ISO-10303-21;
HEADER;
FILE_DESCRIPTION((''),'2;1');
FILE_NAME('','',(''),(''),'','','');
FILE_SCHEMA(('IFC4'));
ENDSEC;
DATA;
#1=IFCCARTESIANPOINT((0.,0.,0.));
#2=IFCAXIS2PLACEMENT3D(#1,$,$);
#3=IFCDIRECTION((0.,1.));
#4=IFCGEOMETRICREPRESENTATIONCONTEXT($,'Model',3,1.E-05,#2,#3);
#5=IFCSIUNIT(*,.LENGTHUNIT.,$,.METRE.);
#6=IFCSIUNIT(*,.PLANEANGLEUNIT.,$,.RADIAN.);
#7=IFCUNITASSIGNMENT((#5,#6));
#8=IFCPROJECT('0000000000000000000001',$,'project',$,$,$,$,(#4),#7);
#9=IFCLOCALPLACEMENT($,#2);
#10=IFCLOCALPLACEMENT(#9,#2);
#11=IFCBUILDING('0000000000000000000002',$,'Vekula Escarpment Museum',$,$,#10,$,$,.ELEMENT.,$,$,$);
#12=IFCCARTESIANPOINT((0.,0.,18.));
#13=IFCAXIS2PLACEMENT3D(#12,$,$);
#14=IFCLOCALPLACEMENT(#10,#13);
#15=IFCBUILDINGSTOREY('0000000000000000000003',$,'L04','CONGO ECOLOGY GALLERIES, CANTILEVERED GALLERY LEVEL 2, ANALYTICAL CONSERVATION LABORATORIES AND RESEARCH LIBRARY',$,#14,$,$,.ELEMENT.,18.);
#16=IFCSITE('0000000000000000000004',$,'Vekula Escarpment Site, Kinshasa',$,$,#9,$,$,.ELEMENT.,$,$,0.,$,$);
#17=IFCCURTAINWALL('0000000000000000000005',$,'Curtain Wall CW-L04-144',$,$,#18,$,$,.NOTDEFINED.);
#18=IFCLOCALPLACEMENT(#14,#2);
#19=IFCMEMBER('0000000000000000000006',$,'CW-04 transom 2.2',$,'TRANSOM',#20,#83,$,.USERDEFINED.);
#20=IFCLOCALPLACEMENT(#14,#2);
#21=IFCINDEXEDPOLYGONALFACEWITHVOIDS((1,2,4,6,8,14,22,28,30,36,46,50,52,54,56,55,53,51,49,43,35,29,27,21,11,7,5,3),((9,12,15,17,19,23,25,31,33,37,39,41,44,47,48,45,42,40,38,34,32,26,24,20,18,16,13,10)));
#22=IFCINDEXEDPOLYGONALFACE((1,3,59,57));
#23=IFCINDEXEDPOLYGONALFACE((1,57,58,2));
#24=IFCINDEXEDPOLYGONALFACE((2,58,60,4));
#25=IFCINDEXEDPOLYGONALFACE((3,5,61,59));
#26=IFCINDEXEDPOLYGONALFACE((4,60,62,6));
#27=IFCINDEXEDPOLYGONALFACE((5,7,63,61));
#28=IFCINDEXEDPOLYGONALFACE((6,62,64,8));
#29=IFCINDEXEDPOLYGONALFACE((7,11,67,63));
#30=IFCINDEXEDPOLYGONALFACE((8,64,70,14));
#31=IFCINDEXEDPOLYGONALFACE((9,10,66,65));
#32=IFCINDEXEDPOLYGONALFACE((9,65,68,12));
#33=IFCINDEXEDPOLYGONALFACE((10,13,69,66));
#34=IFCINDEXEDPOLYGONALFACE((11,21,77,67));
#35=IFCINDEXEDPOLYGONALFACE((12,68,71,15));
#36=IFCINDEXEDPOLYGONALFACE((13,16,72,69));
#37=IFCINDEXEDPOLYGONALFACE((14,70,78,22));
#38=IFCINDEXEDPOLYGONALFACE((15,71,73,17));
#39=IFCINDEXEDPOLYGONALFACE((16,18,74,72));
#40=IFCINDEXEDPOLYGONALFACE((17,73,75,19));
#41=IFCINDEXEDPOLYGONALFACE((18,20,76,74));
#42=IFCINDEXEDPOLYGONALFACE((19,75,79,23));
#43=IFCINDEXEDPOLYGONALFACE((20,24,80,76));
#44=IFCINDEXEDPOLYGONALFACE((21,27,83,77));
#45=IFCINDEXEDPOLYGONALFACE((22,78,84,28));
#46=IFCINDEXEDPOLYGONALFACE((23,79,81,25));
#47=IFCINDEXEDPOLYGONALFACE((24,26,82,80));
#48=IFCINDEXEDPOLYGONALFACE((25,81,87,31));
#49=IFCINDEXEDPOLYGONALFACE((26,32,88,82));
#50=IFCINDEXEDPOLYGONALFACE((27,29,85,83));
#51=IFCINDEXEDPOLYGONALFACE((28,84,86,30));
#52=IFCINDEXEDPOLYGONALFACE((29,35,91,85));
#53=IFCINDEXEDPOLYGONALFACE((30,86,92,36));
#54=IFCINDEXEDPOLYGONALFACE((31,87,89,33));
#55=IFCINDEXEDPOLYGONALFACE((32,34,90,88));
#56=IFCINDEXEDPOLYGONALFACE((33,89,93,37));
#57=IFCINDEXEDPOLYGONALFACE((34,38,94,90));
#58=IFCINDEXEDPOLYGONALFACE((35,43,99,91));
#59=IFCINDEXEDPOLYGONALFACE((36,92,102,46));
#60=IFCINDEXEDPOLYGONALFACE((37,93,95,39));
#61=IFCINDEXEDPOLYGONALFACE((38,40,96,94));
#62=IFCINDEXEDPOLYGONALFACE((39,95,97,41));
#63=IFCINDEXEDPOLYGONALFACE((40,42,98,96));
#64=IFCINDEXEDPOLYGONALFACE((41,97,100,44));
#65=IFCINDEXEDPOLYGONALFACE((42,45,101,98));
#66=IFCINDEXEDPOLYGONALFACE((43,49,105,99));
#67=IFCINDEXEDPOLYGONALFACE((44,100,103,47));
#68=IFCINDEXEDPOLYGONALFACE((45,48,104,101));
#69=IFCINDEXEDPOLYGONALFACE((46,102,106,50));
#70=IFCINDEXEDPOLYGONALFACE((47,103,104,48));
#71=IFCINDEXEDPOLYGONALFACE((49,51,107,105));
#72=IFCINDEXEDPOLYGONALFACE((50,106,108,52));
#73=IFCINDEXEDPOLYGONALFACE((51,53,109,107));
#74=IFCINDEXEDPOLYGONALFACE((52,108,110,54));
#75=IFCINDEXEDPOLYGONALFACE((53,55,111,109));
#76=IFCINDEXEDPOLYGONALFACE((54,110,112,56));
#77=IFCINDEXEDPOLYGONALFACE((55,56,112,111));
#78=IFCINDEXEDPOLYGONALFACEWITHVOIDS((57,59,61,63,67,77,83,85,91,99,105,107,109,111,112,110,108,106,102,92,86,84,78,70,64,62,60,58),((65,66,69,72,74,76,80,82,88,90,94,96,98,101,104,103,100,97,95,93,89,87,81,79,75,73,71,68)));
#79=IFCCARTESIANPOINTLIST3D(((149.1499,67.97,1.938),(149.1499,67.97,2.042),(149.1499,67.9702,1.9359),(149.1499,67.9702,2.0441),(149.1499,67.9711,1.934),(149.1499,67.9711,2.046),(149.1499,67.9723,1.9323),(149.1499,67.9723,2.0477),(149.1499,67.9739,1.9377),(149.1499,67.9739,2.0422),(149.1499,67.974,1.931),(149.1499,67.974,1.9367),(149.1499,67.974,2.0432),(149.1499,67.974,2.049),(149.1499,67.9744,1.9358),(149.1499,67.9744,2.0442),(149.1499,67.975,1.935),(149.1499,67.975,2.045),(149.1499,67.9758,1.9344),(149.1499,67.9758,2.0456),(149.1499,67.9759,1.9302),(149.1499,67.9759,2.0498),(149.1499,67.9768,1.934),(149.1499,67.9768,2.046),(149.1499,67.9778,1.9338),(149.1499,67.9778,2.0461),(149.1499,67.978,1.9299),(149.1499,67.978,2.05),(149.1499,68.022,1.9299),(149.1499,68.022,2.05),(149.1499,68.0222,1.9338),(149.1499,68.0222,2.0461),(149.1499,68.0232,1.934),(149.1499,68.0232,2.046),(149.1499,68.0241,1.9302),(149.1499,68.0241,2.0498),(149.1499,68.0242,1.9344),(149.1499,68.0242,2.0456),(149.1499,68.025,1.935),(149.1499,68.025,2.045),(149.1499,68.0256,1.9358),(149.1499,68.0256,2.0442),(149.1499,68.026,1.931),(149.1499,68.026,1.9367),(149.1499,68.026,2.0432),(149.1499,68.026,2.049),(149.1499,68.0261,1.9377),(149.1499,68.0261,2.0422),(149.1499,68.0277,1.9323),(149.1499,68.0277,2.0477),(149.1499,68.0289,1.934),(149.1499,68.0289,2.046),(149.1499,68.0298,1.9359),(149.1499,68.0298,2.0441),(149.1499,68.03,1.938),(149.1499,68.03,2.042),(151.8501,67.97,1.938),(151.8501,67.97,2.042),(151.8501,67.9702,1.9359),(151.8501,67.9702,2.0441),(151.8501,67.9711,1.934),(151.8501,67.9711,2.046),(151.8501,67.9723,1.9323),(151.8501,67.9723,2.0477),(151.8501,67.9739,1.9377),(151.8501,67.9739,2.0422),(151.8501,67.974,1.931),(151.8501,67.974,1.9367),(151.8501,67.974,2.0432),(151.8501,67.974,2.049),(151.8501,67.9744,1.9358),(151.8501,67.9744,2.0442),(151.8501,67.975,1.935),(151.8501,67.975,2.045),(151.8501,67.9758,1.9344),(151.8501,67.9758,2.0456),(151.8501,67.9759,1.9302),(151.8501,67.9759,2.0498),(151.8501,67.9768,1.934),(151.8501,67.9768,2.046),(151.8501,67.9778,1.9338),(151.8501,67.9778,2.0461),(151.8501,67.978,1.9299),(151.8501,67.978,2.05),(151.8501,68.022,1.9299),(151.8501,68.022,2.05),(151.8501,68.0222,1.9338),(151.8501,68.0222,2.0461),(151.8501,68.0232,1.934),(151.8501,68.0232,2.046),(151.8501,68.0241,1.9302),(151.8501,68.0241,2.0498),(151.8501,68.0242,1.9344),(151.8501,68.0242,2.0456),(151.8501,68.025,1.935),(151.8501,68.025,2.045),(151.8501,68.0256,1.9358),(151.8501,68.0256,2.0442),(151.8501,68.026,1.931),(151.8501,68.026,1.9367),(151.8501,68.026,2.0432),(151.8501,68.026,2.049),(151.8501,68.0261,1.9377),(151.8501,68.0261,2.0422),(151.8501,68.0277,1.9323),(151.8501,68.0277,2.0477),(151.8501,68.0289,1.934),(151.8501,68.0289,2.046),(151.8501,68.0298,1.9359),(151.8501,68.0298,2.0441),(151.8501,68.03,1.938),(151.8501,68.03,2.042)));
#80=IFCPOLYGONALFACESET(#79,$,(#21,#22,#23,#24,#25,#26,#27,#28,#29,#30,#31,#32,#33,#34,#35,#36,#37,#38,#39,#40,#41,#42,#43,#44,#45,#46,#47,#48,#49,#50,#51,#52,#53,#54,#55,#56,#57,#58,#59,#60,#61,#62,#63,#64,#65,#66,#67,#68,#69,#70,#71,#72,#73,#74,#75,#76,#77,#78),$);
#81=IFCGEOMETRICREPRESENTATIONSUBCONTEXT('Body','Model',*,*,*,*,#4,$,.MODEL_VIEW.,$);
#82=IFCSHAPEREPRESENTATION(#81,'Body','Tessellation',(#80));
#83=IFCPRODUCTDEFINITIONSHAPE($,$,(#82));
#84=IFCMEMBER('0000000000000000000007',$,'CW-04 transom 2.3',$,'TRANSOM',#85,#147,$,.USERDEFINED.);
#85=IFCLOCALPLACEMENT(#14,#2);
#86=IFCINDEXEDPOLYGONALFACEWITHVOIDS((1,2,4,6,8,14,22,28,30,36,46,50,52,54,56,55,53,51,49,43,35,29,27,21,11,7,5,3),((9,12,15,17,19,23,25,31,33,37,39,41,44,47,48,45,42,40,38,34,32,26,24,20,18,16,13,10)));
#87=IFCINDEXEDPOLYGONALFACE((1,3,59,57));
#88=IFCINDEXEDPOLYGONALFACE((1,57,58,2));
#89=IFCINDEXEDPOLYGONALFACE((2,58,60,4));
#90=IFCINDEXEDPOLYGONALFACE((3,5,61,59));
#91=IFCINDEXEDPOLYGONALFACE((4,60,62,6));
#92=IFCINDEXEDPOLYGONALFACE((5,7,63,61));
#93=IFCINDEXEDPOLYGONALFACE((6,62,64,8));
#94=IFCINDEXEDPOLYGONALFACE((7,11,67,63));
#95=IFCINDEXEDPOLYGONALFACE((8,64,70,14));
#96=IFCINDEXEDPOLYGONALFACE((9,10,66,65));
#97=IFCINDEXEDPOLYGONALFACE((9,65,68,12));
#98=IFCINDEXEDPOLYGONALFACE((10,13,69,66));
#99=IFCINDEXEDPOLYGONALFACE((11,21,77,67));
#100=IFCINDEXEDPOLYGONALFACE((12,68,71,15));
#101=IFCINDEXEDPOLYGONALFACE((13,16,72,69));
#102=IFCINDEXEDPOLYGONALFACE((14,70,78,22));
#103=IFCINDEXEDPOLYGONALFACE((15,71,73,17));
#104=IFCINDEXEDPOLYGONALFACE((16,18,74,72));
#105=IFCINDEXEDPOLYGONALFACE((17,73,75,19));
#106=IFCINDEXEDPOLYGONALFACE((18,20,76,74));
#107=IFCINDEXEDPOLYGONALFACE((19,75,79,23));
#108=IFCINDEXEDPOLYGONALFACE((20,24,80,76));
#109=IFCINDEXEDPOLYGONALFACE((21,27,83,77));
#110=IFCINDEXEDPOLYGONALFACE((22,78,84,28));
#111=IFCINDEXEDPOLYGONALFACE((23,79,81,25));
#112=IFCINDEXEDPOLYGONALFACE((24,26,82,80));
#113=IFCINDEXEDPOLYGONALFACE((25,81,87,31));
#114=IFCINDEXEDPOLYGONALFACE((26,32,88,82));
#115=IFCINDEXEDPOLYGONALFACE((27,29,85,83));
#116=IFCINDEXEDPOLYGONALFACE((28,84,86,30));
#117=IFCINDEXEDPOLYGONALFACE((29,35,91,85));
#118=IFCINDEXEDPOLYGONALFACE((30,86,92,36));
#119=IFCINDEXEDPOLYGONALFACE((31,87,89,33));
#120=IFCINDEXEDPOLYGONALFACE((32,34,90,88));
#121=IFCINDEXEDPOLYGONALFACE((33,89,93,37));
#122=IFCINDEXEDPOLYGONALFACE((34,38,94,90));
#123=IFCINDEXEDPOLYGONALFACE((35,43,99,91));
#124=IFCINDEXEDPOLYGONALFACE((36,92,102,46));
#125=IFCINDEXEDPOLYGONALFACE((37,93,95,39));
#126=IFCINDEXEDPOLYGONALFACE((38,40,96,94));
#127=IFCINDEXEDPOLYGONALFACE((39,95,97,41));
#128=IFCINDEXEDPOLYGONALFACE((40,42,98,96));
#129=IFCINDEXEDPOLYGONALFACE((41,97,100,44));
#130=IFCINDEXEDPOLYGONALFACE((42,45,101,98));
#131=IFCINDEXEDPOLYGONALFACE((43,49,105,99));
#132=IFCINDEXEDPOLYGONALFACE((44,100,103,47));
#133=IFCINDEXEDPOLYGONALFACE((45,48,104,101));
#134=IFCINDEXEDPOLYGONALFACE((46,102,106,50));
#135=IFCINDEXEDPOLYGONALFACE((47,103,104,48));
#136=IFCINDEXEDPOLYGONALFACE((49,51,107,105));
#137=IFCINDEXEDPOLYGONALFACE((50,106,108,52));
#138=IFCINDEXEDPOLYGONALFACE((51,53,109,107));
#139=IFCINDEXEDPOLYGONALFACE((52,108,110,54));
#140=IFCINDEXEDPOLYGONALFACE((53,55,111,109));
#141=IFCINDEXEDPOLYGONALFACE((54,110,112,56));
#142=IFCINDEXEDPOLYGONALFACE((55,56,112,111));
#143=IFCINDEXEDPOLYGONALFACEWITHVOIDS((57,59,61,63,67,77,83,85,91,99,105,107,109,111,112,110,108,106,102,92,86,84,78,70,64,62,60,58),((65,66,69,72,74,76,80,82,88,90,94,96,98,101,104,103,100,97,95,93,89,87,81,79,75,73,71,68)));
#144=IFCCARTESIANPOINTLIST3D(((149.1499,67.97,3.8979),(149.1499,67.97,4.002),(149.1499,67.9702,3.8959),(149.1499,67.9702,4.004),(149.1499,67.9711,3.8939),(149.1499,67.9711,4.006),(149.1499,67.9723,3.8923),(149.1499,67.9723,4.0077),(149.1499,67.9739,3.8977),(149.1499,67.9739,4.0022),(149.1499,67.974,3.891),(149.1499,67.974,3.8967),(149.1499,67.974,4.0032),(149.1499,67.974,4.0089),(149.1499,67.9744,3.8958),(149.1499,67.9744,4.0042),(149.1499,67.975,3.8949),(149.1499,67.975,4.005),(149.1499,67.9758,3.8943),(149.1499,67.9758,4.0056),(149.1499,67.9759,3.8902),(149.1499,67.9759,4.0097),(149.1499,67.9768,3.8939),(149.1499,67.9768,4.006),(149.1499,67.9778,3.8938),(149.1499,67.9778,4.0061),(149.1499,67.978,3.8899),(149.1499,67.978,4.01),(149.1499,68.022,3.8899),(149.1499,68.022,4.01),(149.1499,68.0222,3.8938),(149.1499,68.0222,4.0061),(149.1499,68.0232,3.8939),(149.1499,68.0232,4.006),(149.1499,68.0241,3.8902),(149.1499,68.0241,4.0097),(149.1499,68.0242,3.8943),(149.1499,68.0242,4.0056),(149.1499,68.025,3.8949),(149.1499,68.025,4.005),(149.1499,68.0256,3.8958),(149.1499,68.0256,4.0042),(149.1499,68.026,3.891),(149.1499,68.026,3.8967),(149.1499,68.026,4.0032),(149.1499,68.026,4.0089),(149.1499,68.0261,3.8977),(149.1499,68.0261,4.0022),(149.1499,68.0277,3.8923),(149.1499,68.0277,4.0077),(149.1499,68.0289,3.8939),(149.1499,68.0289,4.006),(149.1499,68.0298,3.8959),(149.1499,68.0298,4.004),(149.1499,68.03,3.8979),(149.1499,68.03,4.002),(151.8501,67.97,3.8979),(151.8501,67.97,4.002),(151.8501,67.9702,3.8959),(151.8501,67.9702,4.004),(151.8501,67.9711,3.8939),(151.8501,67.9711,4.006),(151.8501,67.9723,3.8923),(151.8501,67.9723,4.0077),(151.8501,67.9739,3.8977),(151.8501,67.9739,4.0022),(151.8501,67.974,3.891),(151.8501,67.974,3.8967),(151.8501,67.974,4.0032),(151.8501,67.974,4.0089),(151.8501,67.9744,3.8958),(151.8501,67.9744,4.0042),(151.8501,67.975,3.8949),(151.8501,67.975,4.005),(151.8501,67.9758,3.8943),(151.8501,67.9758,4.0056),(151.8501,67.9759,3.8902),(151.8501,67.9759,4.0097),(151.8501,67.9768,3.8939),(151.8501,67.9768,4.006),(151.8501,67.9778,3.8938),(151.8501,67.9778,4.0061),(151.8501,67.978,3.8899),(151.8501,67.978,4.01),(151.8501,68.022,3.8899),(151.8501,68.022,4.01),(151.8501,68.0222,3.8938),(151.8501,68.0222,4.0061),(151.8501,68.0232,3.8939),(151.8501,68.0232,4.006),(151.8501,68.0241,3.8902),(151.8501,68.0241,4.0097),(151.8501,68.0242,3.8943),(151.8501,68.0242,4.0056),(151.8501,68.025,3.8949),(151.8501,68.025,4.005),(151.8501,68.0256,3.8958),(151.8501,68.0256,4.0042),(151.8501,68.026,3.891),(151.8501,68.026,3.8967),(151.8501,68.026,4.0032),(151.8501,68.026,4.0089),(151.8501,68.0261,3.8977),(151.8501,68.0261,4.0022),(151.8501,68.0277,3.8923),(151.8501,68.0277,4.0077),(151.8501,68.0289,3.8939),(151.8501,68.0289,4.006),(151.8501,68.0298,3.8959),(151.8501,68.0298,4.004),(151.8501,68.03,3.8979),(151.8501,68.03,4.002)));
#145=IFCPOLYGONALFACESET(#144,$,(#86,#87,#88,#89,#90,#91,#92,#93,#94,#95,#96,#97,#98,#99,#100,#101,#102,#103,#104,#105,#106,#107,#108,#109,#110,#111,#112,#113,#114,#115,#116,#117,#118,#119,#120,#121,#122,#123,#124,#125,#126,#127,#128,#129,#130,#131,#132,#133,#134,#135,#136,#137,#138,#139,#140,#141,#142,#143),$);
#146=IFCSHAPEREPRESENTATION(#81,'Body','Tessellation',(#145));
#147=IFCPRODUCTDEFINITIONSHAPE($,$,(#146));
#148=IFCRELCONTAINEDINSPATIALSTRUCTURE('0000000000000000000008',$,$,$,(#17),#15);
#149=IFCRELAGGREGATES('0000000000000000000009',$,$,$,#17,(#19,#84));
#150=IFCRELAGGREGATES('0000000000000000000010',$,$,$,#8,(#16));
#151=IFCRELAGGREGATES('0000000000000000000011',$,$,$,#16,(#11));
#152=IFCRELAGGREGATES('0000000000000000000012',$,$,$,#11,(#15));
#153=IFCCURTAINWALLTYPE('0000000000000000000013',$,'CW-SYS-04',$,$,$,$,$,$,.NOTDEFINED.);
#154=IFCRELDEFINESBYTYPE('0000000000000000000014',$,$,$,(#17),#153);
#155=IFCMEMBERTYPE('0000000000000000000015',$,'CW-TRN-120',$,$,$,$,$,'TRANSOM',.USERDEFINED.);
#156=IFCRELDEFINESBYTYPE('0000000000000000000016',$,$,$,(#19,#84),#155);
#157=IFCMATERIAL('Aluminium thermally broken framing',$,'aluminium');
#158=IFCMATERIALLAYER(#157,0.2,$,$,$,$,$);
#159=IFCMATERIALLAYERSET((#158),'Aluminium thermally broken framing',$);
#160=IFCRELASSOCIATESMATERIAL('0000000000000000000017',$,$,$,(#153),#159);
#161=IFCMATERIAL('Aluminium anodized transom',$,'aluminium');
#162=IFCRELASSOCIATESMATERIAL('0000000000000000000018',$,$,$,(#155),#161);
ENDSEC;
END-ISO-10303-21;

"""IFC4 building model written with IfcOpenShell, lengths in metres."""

from ifc_helpers import new_model, si_unit, direction, frame, origin, origin_2d, place, context, subcontext, project, spatial, hollow_rectangle, extrude, material, layer, layer_set, material_profile, profile_set, type_object, element, aggregate, save


model = new_model("IFC4")

# Units and contexts
model_context = context("Model", 3, precision=1e-05, world=origin(), true_north=direction((0.0, 1.0)))
body_context = subcontext(model_context, "Body", "Model", "MODEL_VIEW")
ifc_project = project(units=[si_unit("LENGTHUNIT", "METRE"), si_unit("PLANEANGLEUNIT", "RADIAN")], contexts=[model_context])

# Site, building, storey
site_placement = place(None, origin())
site = spatial("IfcSite", under=ifc_project, at=site_placement, Name="Vekula Escarpment Site, Kinshasa", CompositionType="ELEMENT", RefElevation=0.0)
building_placement = place(site_placement, origin())
building = spatial("IfcBuilding", under=site, at=building_placement, Name="Vekula Escarpment Museum", CompositionType="ELEMENT")
storey_placement = place(building_placement, frame((0.0, 0.0, 18.0)))
storey = spatial("IfcBuildingStorey", under=building, at=storey_placement, Name="L04", Description="CONGO ECOLOGY GALLERIES, CANTILEVERED GALLERY LEVEL 2, ANALYTICAL CONSERVATION LABORATORIES AND RESEARCH LIBRARY", CompositionType="ELEMENT", Elevation=18.0)

# Curtain wall
ifc_material_1 = material(Name="Aluminium thermally broken framing", Category="aluminium")
ifc_layer_1 = layer(ifc_material_1, 0.2)
ifc_layer_set_1 = layer_set([ifc_layer_1], Name="Aluminium thermally broken framing")
curtain_wall_type_1 = type_object("IfcCurtainWallType", Name="CW-SYS-04", PredefinedType="NOTDEFINED", material=ifc_layer_set_1)
curtain_wall_1_placement = place(storey_placement, origin())
curtain_wall_1 = element("IfcCurtainWall", 1, at=curtain_wall_1_placement, inside=storey, type_object=curtain_wall_type_1, Name="Curtain Wall CW-L04-144", PredefinedType="NOTDEFINED")

# Members
ifc_material_2 = material(Name="Aluminium anodized transom", Category="aluminium")
ifc_material_profile_1 = material_profile(ifc_material_2, hollow_rectangle(XDim=0.0601, YDim=0.1201, WallThickness=0.0039, InnerFilletRadius=0.0039, OuterFilletRadius=0.0081, at=origin_2d()), Name="ALU 120x60x4")
ifc_profile_set_1 = profile_set([ifc_material_profile_1], Name="Aluminium anodized transom")
member_type_1 = type_object("IfcMemberType", Name="CW-TRN-120", ElementType="TRANSOM", PredefinedType="USERDEFINED", material=ifc_profile_set_1)
member_1_placement = place(storey_placement, frame((149.1499, 68.0, 1.99), z_axis=(1.0, 0.0, 0.0), x_axis=(0.0, 1.0, 0.0)))
member_1 = element("IfcMember", 2, at=member_1_placement, type_object=member_type_1, Name="CW-04 transom 2.2", ObjectType="TRANSOM", PredefinedType="USERDEFINED", context=body_context, shape_type="SweptSolid", body=[
    extrude(hollow_rectangle(XDim=0.0601, YDim=0.1201, WallThickness=0.0039, InnerFilletRadius=0.0039, OuterFilletRadius=0.0081, at=origin_2d()), origin(), (0.0, 0.0, 1.0), 2.7002),
])
member_2_placement = place(storey_placement, frame((149.1499, 68.0, 3.95), z_axis=(1.0, 0.0, 0.0), x_axis=(0.0, 1.0, 0.0)))
member_2 = element("IfcMember", 3, at=member_2_placement, type_object=member_type_1, Name="CW-04 transom 2.3", ObjectType="TRANSOM", PredefinedType="USERDEFINED", context=body_context, shape_type="SweptSolid", body=[
    extrude(hollow_rectangle(XDim=0.0601, YDim=0.1201, WallThickness=0.0039, InnerFilletRadius=0.0039, OuterFilletRadius=0.0081, at=origin_2d()), origin(), (0.0, 0.0, 1.0), 2.7002),
])

aggregate(curtain_wall_1, [member_1, member_2])

save(model, "model.ifc")
